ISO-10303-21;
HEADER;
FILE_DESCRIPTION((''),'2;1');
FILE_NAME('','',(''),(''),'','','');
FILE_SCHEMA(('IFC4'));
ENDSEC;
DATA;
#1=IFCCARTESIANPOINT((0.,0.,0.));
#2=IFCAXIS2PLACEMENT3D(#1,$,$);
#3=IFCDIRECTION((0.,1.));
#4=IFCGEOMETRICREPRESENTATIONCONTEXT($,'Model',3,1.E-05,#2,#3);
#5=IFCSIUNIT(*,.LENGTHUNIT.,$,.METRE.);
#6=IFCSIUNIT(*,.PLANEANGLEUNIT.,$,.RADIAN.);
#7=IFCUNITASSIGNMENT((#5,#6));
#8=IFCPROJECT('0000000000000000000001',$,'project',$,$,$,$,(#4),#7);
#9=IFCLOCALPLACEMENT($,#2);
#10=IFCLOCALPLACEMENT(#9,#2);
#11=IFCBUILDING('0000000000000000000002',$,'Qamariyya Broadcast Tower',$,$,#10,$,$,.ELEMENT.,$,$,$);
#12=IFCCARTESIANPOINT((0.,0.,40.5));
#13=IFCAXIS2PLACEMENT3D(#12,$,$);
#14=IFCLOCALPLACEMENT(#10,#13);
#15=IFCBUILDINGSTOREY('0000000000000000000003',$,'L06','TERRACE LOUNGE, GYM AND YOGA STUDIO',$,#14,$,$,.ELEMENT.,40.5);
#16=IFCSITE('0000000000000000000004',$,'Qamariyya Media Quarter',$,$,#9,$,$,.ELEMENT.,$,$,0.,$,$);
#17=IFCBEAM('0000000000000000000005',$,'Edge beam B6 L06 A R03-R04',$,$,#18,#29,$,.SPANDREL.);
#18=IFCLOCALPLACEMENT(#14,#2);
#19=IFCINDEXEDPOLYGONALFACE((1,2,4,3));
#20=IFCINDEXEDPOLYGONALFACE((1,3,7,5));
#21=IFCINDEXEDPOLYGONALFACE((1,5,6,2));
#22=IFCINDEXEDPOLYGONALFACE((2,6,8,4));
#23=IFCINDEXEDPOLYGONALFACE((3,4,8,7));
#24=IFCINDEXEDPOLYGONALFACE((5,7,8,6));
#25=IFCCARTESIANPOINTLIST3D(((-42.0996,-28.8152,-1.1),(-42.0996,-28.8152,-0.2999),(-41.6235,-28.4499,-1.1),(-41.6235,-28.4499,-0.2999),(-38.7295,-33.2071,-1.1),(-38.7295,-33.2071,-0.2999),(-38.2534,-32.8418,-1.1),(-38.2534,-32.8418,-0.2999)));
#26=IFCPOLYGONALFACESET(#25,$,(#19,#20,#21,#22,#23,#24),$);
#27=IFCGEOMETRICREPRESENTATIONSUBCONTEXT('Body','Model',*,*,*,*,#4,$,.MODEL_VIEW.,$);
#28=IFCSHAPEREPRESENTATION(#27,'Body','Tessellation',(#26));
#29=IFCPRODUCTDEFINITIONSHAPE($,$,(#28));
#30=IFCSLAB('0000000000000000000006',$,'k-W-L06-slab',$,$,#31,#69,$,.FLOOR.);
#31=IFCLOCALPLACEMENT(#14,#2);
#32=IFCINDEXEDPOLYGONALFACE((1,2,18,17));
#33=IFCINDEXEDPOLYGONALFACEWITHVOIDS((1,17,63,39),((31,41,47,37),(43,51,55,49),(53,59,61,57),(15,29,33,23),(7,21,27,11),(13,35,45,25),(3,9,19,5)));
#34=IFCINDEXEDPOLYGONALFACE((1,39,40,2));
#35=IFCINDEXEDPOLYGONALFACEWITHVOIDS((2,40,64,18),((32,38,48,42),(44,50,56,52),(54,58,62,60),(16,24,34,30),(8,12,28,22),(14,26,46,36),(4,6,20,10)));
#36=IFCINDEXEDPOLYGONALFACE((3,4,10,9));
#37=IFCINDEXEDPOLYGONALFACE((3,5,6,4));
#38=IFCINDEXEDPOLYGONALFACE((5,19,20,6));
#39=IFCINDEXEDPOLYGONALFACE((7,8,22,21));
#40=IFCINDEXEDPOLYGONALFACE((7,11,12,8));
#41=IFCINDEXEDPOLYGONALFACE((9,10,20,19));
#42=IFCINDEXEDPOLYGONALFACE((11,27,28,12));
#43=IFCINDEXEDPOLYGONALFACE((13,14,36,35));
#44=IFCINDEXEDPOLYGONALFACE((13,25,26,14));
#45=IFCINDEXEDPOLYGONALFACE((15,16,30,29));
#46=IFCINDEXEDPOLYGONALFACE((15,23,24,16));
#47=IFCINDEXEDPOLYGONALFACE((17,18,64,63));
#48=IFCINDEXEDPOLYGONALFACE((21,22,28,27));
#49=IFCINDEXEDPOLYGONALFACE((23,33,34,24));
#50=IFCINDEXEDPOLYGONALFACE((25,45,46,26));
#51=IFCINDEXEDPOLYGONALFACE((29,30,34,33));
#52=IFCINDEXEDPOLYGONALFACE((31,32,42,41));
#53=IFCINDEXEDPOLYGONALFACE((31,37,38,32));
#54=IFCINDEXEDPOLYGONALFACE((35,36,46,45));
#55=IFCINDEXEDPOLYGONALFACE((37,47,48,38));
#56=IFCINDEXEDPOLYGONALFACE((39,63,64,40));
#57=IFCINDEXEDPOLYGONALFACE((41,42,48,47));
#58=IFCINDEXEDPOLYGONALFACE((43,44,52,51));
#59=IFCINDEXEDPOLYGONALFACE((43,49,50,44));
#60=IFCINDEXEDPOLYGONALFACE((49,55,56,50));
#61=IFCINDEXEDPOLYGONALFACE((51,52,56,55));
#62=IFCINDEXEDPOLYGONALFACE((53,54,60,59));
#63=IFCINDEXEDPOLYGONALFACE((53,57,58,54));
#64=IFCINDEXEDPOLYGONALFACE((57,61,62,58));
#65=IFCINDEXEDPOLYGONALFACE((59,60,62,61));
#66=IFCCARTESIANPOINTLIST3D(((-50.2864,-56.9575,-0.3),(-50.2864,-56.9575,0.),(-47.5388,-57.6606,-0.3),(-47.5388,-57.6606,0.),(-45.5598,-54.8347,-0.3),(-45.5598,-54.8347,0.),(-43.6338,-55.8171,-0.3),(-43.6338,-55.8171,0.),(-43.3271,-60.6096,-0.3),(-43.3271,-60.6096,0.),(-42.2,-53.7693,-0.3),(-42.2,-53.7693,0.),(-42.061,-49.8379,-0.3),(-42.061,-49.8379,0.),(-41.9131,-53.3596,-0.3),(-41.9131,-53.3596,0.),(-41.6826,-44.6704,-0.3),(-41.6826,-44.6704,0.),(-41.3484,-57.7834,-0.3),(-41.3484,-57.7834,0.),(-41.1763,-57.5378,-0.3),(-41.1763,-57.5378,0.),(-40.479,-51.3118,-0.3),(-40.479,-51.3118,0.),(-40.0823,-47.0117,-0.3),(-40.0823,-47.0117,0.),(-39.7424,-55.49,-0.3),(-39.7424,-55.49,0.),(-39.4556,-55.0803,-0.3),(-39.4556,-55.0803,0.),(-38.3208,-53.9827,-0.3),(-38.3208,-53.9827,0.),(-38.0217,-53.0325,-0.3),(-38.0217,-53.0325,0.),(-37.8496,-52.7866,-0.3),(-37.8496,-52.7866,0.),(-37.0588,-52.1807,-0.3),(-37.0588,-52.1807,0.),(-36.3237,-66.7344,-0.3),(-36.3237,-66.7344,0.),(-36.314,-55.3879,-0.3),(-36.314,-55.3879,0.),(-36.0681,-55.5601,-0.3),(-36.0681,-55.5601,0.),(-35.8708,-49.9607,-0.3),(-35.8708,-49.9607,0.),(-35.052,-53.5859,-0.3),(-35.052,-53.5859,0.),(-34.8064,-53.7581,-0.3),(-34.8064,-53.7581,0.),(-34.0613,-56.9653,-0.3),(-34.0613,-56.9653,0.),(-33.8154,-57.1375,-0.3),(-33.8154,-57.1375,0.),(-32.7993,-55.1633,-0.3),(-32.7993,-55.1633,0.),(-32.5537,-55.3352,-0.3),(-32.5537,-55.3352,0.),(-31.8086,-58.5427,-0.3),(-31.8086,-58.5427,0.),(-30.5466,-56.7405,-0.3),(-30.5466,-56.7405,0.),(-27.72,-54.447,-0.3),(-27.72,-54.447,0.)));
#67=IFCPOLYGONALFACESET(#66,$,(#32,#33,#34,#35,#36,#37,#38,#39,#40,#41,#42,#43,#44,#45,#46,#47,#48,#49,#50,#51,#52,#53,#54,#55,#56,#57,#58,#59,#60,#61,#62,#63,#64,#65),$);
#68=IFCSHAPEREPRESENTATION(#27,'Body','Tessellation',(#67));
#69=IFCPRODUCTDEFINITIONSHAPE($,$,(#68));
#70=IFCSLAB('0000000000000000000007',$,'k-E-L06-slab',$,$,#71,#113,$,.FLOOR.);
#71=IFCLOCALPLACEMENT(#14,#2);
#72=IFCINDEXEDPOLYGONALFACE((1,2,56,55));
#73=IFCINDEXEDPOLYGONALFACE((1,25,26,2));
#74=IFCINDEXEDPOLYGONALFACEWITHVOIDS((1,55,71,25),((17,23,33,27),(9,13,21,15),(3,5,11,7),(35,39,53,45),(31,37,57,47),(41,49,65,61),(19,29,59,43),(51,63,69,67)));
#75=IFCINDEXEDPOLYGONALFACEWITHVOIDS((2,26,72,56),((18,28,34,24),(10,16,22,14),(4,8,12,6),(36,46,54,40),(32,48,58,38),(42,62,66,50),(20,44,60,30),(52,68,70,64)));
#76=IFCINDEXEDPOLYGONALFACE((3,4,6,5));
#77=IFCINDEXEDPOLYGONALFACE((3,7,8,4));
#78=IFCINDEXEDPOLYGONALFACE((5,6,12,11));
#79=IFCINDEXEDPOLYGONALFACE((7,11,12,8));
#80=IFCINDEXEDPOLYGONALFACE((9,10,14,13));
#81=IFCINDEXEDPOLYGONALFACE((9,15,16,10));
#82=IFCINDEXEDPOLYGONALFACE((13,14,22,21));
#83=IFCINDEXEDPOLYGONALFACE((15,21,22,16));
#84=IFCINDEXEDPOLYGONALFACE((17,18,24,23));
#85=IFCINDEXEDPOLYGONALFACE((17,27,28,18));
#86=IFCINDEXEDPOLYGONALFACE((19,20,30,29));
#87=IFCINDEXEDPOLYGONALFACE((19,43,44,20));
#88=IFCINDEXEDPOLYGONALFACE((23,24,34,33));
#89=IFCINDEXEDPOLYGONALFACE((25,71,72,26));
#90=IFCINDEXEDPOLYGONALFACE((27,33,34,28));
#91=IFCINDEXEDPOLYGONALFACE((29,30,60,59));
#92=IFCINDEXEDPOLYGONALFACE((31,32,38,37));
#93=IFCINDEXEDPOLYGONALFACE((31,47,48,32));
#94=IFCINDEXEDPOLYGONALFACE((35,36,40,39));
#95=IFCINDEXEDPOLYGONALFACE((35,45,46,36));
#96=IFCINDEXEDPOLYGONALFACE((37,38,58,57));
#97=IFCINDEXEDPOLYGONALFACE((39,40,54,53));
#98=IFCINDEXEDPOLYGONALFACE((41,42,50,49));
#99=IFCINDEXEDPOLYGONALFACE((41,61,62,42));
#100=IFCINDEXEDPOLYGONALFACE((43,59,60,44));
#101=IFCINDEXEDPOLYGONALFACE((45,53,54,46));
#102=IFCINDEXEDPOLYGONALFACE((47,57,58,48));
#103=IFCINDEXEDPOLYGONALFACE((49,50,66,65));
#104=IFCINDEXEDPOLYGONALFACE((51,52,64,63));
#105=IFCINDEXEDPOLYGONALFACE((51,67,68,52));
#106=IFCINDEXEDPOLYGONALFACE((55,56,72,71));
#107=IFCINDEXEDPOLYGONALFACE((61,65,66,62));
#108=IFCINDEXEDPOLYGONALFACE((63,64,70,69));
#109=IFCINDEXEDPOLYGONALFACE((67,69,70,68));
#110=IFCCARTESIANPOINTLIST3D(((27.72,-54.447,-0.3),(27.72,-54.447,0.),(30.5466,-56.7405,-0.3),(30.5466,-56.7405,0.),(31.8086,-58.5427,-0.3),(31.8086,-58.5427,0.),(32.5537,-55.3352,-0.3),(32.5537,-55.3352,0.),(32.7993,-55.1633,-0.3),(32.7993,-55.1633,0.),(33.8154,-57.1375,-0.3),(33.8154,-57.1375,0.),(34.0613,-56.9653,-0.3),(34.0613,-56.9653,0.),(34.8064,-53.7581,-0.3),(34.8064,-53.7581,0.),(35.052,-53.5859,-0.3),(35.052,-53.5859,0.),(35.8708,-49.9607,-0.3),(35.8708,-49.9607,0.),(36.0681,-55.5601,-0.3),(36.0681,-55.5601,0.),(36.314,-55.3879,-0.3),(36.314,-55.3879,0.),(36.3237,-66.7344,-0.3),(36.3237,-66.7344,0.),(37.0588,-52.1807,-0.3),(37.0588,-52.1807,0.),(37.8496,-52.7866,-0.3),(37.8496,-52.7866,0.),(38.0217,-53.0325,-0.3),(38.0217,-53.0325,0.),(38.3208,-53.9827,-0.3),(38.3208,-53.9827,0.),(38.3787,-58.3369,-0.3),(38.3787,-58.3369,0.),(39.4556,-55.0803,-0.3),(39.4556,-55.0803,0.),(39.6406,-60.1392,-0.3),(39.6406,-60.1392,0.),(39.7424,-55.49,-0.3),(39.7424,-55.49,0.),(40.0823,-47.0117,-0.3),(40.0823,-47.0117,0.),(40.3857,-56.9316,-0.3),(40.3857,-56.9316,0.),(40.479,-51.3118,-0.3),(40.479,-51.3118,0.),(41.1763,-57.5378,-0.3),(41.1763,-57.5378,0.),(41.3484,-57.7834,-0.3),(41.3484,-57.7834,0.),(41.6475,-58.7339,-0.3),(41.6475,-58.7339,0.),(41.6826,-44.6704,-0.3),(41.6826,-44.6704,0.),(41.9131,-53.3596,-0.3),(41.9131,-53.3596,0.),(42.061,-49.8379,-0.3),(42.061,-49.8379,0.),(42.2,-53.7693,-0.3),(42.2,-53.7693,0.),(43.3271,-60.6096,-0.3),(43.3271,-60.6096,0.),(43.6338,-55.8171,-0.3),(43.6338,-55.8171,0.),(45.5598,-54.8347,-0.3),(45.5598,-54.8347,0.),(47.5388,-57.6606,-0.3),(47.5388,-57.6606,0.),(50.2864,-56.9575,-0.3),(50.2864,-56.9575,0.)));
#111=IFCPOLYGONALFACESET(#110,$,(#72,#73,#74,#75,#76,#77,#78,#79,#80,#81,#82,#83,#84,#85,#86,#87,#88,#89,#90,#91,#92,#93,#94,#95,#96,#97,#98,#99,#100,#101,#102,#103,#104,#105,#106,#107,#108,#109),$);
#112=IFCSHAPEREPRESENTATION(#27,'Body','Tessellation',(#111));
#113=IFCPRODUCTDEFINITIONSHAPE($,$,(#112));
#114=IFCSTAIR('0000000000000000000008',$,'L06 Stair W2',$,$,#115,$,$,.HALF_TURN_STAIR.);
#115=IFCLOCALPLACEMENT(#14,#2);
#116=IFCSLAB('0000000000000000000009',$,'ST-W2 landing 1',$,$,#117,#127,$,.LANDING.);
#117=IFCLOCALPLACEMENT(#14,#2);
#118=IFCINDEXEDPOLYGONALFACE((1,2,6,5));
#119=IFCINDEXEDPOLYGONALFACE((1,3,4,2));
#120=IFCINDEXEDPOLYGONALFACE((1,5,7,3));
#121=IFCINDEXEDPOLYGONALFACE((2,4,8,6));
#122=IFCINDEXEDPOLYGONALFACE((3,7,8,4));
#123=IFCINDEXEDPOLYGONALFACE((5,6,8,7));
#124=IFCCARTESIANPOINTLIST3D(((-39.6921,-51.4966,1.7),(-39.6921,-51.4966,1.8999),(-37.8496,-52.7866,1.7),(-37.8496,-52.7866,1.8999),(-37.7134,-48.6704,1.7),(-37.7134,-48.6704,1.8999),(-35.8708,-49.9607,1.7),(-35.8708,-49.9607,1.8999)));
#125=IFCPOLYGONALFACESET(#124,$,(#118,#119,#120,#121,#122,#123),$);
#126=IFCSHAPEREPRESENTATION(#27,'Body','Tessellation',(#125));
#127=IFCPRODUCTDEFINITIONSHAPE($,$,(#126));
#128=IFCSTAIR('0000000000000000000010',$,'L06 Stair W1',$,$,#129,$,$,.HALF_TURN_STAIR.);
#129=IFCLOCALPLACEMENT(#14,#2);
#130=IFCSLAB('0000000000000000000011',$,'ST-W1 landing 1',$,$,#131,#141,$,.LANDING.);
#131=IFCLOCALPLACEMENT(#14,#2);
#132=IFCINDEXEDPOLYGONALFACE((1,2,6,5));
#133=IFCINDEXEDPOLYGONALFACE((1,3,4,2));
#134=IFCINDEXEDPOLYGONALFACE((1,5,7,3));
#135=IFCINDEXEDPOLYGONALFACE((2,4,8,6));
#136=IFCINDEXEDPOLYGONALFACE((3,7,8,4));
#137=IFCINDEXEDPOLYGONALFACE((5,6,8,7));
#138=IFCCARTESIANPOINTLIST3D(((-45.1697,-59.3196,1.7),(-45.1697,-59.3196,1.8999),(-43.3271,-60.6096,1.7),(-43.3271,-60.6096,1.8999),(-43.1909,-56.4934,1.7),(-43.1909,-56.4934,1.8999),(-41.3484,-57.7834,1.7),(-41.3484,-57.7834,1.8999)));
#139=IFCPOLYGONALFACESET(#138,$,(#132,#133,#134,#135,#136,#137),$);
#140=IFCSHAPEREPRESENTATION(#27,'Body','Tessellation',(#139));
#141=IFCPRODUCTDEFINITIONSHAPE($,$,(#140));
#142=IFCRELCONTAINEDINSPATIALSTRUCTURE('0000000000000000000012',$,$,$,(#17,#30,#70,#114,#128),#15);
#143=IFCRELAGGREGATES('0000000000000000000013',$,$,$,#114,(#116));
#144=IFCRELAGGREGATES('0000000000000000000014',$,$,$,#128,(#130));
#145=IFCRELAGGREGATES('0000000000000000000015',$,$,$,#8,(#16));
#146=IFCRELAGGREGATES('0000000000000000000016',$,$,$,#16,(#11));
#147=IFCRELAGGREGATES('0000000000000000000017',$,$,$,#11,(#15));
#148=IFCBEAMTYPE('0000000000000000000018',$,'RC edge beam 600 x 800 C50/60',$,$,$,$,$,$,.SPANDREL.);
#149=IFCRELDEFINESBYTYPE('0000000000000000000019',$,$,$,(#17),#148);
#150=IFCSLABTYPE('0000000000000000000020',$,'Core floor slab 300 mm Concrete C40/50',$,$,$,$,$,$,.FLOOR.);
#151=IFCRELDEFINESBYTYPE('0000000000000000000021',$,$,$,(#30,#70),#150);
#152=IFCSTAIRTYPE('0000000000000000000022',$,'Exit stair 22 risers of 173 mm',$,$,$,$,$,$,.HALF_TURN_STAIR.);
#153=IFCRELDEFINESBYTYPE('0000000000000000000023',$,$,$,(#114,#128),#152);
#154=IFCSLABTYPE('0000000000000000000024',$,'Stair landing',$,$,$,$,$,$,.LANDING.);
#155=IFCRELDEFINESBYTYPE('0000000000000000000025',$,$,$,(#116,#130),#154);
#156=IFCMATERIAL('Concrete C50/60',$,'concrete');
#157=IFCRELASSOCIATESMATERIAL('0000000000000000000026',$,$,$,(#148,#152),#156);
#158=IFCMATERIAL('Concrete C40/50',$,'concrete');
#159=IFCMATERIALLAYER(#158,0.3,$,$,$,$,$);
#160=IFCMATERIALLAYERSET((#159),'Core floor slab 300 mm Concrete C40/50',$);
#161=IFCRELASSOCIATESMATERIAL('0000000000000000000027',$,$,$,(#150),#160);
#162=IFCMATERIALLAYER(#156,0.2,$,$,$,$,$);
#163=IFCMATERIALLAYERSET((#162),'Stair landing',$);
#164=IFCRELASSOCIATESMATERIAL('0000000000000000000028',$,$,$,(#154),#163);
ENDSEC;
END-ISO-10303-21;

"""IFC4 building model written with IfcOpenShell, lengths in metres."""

from ifc_helpers import new_model, si_unit, direction, frame, origin, origin_2d, place, context, subcontext, project, spatial, polyline, rectangle, outline, extrude, material, layer, layer_set, material_profile, profile_set, type_object, element, aggregate, save


model = new_model("IFC4")

# Units and contexts
model_context = context("Model", 3, precision=1e-05, world=origin(), true_north=direction((0.0, 1.0)))
body_context = subcontext(model_context, "Body", "Model", "MODEL_VIEW")
ifc_project = project(units=[si_unit("LENGTHUNIT", "METRE"), si_unit("PLANEANGLEUNIT", "RADIAN")], contexts=[model_context])

# Site, building, storey
site_placement = place(None, origin())
site = spatial("IfcSite", under=ifc_project, at=site_placement, Name="Qamariyya Media Quarter", CompositionType="ELEMENT", RefElevation=0.0)
building_placement = place(site_placement, origin())
building = spatial("IfcBuilding", under=site, at=building_placement, Name="Qamariyya Broadcast Tower", CompositionType="ELEMENT")
storey_placement = place(building_placement, frame((0.0, 0.0, 40.5)))
storey = spatial("IfcBuildingStorey", under=building, at=storey_placement, Name="L06", Description="TERRACE LOUNGE, GYM AND YOGA STUDIO", CompositionType="ELEMENT", Elevation=40.5)

# Beam
ifc_material_1 = material(Name="Concrete C50/60", Category="concrete")
ifc_material_profile = material_profile(ifc_material_1, rectangle(XDim=0.6001, YDim=0.8, at=origin_2d()))
ifc_profile_set = profile_set([ifc_material_profile], Name="Concrete C50/60")
beam_type = type_object("IfcBeamType", Name="RC edge beam 600 x 800 C50/60", PredefinedType="SPANDREL", material=ifc_profile_set)
beam_placement = place(storey_placement, frame((-41.8616, -28.6326, -0.7), z_axis=(0.608777, -0.793342, 0.0), x_axis=(0.793342, 0.608777, 0.0)))
element("IfcBeam", 1, at=beam_placement, inside=storey, type_object=beam_type, Name="Edge beam B6 L06 A R03-R04", PredefinedType="SPANDREL", context=body_context, shape_type="SweptSolid", body=[
    extrude(rectangle(XDim=0.6001, YDim=0.8, at=origin_2d()), origin(), (0.0, 0.0, 1.0), 5.5359),
])

# Slabs
ifc_material_2 = material(Name="Concrete C40/50", Category="concrete")
ifc_layer_1 = layer(ifc_material_2, 0.3)
ifc_layer_set_1 = layer_set([ifc_layer_1], Name="Core floor slab 300 mm Concrete C40/50")
slab_type_1 = type_object("IfcSlabType", Name="Core floor slab 300 mm Concrete C40/50", PredefinedType="FLOOR", material=ifc_layer_set_1)
slab_1_placement = place(storey_placement, frame((0.0, 0.0, -0.3)))
element("IfcSlab", 2, at=slab_1_placement, inside=storey, type_object=slab_type_1, Name="k-W-L06-slab", PredefinedType="FLOOR", context=body_context, shape_type="SweptSolid", body=[
    extrude(outline(polyline([(-50.2864, -56.9575), (-36.3237, -66.7344), (-27.72, -54.447), (-41.6826, -44.6704), (-50.2864, -56.9575)]), holes=[polyline([(-31.8086, -58.5427), (-33.8154, -57.1375), (-32.5537, -55.3352), (-30.5466, -56.7405), (-31.8086, -58.5427)]), polyline([(-34.0613, -56.9653), (-36.0681, -55.5601), (-34.8064, -53.7581), (-32.7993, -55.1633), (-34.0613, -56.9653)]), polyline([(-36.314, -55.3879), (-38.3208, -53.9827), (-37.0588, -52.1807), (-35.052, -53.5859), (-36.314, -55.3879)]), polyline([(-39.7424, -55.49), (-42.2, -53.7693), (-43.6338, -55.8171), (-41.1763, -57.5378), (-39.7424, -55.49)]), polyline([(-39.4556, -55.0803), (-41.9131, -53.3596), (-40.479, -51.3118), (-38.0217, -53.0325), (-39.4556, -55.0803)]), polyline([(-42.061, -49.8379), (-37.8496, -52.7866), (-35.8708, -49.9607), (-40.0823, -47.0117), (-42.061, -49.8379)]), polyline([(-47.5388, -57.6606), (-43.3271, -60.6096), (-41.3484, -57.7834), (-45.5598, -54.8347), (-47.5388, -57.6606)])]), origin(), (0.0, 0.0, 1.0), 0.3),
])
slab_2_placement = place(storey_placement, frame((0.0, 0.0, -0.3)))
element("IfcSlab", 3, at=slab_2_placement, inside=storey, type_object=slab_type_1, Name="k-E-L06-slab", PredefinedType="FLOOR", context=body_context, shape_type="SweptSolid", body=[
    extrude(outline(polyline([(36.3237, -66.7344), (50.2864, -56.9575), (41.6826, -44.6704), (27.72, -54.447), (36.3237, -66.7344)]), holes=[polyline([(31.8086, -58.5427), (33.8154, -57.1375), (32.5537, -55.3352), (30.5466, -56.7405), (31.8086, -58.5427)]), polyline([(34.0613, -56.9653), (36.0681, -55.5601), (34.8064, -53.7581), (32.7993, -55.1633), (34.0613, -56.9653)]), polyline([(36.314, -55.3879), (38.3208, -53.9827), (37.0588, -52.1807), (35.052, -53.5859), (36.314, -55.3879)]), polyline([(38.3787, -58.3369), (40.3857, -56.9316), (41.6475, -58.7339), (39.6406, -60.1392), (38.3787, -58.3369)]), polyline([(39.7424, -55.49), (42.2, -53.7693), (43.6338, -55.8171), (41.1763, -57.5378), (39.7424, -55.49)]), polyline([(39.4556, -55.0803), (41.9131, -53.3596), (40.479, -51.3118), (38.0217, -53.0325), (39.4556, -55.0803)]), polyline([(40.0823, -47.0117), (35.8708, -49.9607), (37.8496, -52.7866), (42.061, -49.8379), (40.0823, -47.0117)]), polyline([(45.5598, -54.8347), (41.3484, -57.7834), (43.3271, -60.6096), (47.5388, -57.6606), (45.5598, -54.8347)])]), origin(), (0.0, 0.0, 1.0), 0.3),
])

# Stairs, slabs
stair_type = type_object("IfcStairType", Name="Exit stair 22 risers of 173 mm", PredefinedType="HALF_TURN_STAIR", material=ifc_material_1)
stair_1_placement = place(storey_placement, origin())
stair_1 = element("IfcStair", 4, at=stair_1_placement, inside=storey, type_object=stair_type, Name="L06 Stair W2", PredefinedType="HALF_TURN_STAIR")
ifc_layer_2 = layer(ifc_material_1, 0.2)
ifc_layer_set_2 = layer_set([ifc_layer_2], Name="Stair landing")
slab_type_2 = type_object("IfcSlabType", Name="Stair landing", PredefinedType="LANDING", material=ifc_layer_set_2)
slab_3_placement = place(storey_placement, frame((0.0, 0.0, 1.7)))
slab_3 = element("IfcSlab", 5, at=slab_3_placement, type_object=slab_type_2, Name="ST-W2 landing 1", PredefinedType="LANDING", context=body_context, shape_type="SweptSolid", body=[
    extrude(outline(polyline([(-39.6921, -51.4966), (-37.8496, -52.7866), (-35.8708, -49.9607), (-37.7134, -48.6704), (-39.6921, -51.4966)])), origin(), (0.0, 0.0, 1.0), 0.2),
])
aggregate(stair_1, [slab_3])
stair_2_placement = place(storey_placement, origin())
stair_2 = element("IfcStair", 6, at=stair_2_placement, inside=storey, type_object=stair_type, Name="L06 Stair W1", PredefinedType="HALF_TURN_STAIR")
slab_4_placement = place(storey_placement, frame((0.0, 0.0, 1.7)))
slab_4 = element("IfcSlab", 7, at=slab_4_placement, type_object=slab_type_2, Name="ST-W1 landing 1", PredefinedType="LANDING", context=body_context, shape_type="SweptSolid", body=[
    extrude(outline(polyline([(-45.1697, -59.3196), (-43.3271, -60.6096), (-41.3484, -57.7834), (-43.1909, -56.4934), (-45.1697, -59.3196)])), origin(), (0.0, 0.0, 1.0), 0.2),
])
aggregate(stair_2, [slab_4])

save(model, "model.ifc")
